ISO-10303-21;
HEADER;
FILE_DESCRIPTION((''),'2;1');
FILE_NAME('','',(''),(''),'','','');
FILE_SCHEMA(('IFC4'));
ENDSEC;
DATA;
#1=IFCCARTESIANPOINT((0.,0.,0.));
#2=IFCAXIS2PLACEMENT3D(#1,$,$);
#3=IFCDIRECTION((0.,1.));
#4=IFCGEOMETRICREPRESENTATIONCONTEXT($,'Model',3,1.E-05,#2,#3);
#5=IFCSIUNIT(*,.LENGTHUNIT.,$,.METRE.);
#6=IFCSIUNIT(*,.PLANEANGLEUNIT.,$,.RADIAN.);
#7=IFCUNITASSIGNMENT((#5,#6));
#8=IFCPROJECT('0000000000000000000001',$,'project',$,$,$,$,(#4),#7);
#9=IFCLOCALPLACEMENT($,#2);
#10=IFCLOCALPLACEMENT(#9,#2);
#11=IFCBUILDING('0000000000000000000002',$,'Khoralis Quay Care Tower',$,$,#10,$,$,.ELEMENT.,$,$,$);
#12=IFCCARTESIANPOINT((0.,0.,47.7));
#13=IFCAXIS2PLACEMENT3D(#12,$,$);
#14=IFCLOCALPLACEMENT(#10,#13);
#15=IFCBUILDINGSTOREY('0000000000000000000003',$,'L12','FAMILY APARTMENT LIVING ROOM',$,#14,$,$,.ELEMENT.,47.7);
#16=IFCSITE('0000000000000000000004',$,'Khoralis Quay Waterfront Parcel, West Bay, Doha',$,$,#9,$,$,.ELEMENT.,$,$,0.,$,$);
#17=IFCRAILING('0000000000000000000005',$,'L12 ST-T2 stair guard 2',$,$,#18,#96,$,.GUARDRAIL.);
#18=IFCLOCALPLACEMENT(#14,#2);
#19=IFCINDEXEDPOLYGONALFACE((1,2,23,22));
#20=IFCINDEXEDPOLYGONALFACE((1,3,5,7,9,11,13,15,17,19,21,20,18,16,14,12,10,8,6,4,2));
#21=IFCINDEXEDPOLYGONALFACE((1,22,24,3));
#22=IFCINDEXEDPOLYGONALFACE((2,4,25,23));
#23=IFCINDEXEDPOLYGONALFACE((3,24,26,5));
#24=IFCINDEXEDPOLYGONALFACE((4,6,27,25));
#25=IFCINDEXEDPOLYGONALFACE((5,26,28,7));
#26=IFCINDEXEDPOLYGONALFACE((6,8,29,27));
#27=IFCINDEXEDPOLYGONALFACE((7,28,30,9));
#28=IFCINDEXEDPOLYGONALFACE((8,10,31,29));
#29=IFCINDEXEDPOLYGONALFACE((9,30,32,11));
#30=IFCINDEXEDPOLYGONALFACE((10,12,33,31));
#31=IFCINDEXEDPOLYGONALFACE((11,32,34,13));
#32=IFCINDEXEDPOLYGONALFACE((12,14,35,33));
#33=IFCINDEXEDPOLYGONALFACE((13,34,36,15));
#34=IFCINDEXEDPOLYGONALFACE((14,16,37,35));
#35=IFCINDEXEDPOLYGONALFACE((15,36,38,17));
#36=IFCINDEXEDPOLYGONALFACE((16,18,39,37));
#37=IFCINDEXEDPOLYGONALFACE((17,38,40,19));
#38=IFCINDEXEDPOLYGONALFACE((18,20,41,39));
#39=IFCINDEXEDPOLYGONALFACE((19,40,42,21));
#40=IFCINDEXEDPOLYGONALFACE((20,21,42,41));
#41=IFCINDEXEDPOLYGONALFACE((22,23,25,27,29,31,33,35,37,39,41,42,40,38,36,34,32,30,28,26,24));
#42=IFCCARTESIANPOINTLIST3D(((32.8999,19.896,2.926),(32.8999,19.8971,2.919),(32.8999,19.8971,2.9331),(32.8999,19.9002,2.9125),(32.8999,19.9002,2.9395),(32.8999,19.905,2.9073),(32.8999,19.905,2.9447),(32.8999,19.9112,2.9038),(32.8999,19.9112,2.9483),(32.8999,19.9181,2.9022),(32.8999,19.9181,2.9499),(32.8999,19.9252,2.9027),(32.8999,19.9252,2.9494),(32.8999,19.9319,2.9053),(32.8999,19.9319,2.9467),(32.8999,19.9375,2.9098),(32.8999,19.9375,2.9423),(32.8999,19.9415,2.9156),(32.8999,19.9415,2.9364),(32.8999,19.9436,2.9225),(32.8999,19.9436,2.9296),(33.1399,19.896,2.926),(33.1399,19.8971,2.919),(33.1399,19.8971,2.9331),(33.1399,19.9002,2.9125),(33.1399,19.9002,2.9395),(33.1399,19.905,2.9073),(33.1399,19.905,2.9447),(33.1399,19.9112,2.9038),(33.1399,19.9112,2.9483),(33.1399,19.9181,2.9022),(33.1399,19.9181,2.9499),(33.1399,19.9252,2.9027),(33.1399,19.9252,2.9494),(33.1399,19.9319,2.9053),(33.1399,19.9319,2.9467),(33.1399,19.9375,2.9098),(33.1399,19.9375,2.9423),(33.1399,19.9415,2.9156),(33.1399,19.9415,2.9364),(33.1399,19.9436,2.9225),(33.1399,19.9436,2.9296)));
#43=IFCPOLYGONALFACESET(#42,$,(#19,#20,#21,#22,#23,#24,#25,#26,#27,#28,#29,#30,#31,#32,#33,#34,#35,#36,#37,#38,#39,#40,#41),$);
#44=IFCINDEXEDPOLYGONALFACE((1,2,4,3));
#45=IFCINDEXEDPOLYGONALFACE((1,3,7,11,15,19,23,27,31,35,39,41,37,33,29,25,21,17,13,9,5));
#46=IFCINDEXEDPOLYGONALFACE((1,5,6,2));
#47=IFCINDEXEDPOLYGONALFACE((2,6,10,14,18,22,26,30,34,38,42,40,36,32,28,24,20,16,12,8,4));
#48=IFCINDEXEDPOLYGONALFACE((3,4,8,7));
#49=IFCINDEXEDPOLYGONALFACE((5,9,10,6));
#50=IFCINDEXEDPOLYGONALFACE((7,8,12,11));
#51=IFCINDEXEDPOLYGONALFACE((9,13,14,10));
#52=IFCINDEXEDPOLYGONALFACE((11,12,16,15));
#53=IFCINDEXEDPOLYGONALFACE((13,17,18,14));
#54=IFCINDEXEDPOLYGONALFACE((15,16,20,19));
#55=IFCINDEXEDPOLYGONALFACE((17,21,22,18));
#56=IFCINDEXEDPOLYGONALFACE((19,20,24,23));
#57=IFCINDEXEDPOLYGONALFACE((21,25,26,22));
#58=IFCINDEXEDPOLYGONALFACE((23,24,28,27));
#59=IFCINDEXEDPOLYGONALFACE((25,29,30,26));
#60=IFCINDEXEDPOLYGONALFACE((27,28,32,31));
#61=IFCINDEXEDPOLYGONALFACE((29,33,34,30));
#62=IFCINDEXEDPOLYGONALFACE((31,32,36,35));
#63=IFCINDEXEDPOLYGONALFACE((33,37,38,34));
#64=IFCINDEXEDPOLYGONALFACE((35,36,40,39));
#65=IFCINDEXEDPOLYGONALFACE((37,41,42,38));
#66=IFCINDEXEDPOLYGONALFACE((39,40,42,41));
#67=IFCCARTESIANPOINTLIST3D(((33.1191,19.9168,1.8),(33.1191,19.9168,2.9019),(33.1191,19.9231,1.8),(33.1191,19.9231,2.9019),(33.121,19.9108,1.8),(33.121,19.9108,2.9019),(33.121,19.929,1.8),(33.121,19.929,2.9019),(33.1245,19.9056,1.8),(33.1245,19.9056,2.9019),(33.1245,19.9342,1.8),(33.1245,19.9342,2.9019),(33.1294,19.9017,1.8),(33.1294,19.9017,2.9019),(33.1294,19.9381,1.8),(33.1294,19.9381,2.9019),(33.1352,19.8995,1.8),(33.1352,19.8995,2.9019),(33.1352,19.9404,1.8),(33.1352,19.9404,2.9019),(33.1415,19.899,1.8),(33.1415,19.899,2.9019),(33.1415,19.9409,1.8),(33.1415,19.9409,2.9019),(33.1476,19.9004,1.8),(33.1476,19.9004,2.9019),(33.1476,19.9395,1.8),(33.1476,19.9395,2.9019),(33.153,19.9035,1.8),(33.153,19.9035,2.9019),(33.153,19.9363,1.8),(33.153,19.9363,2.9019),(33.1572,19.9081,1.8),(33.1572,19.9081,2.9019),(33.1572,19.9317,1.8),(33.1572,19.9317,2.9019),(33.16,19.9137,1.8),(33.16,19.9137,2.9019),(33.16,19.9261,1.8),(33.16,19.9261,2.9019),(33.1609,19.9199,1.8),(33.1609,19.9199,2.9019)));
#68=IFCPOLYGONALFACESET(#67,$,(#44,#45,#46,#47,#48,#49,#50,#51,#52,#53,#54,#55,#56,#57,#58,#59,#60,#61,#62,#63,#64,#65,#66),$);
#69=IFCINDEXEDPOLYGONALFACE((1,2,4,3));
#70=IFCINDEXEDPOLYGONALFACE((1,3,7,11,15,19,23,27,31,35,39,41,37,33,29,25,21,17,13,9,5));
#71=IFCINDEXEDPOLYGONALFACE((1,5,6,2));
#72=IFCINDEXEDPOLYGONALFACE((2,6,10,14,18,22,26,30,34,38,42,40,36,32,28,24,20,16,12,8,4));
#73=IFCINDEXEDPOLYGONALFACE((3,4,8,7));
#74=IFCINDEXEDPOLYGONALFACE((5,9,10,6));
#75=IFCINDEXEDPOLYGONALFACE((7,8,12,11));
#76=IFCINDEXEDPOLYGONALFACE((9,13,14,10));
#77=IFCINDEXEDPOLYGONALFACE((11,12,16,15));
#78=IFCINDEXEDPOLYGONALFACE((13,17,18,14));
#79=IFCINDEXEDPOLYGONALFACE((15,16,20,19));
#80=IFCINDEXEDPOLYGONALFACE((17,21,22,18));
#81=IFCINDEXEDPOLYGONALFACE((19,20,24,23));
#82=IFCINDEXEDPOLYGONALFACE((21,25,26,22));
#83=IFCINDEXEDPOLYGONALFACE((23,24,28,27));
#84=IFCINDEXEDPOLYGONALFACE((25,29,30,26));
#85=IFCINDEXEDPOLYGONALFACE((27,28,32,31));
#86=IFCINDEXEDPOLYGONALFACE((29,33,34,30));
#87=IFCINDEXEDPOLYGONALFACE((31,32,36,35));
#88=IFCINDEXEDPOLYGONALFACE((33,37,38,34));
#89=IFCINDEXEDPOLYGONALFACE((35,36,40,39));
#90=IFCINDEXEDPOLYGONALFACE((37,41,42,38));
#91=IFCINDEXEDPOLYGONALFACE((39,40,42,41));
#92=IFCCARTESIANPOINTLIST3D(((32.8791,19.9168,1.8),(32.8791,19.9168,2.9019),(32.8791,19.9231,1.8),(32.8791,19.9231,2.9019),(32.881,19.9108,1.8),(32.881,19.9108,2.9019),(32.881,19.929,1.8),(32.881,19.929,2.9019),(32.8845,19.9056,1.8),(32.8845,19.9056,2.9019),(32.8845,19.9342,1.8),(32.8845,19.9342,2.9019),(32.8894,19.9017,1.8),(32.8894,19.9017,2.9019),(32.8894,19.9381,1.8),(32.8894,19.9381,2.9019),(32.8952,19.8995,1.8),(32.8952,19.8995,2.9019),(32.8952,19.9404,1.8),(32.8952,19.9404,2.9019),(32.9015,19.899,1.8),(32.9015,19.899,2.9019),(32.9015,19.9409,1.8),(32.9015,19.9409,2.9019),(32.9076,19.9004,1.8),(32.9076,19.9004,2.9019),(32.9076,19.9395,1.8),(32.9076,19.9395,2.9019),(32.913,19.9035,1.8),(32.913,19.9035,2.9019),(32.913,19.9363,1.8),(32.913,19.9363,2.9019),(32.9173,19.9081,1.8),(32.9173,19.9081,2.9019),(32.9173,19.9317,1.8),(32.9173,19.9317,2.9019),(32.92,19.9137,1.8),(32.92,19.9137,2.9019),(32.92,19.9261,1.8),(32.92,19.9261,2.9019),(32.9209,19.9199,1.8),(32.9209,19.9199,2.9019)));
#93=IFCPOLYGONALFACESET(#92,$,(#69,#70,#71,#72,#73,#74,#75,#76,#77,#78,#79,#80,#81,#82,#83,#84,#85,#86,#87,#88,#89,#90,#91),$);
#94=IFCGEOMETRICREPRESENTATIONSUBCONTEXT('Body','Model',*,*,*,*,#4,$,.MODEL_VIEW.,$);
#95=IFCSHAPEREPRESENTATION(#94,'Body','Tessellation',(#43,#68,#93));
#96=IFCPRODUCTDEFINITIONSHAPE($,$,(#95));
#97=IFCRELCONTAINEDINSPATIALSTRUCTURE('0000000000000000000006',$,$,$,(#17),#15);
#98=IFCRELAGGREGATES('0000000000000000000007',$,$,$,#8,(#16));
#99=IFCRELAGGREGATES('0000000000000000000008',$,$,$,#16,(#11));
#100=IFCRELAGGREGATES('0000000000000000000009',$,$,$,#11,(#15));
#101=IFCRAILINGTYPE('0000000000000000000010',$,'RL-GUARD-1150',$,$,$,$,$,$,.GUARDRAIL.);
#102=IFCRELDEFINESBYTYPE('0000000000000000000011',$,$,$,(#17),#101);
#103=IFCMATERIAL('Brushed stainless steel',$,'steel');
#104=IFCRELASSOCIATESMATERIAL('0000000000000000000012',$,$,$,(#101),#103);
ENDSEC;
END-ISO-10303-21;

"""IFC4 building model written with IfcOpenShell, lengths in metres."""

from ifc_helpers import new_model, si_unit, direction, frame, origin, origin_2d, place, context, subcontext, project, spatial, circle, extrude, material, type_object, element, save


model = new_model("IFC4")

# Units and contexts
model_context = context("Model", 3, precision=1e-05, world=origin(), true_north=direction((0.0, 1.0)))
body_context = subcontext(model_context, "Body", "Model", "MODEL_VIEW")
ifc_project = project(units=[si_unit("LENGTHUNIT", "METRE"), si_unit("PLANEANGLEUNIT", "RADIAN")], contexts=[model_context])

# Site, building, storey
site_placement = place(None, origin())
site = spatial("IfcSite", under=ifc_project, at=site_placement, Name="Khoralis Quay Waterfront Parcel, West Bay, Doha", CompositionType="ELEMENT", RefElevation=0.0)
building_placement = place(site_placement, origin())
building = spatial("IfcBuilding", under=site, at=building_placement, Name="Khoralis Quay Care Tower", CompositionType="ELEMENT")
storey_placement = place(building_placement, frame((0.0, 0.0, 47.7)))
storey = spatial("IfcBuildingStorey", under=building, at=storey_placement, Name="L12", Description="FAMILY APARTMENT LIVING ROOM", CompositionType="ELEMENT", Elevation=47.7)

# Shared definitions
ifc_material_1 = material(Name="Brushed stainless steel", Category="steel")

# Railing
railing_type_1 = type_object("IfcRailingType", Name="RL-GUARD-1150", PredefinedType="GUARDRAIL", material=ifc_material_1)
railing_1_placement = place(storey_placement, frame((33.1399, 19.9199, 1.8)))
element("IfcRailing", 1, at=railing_1_placement, inside=storey, type_object=railing_type_1, Name="L12 ST-T2 stair guard 2", PredefinedType="GUARDRAIL", context=body_context, shape_type="SweptSolid", body=[
    extrude(circle(Radius=0.0239, at=origin_2d()), frame((0.0, 0.0, 1.126), z_axis=(-1.0, 0.0, 0.0), x_axis=(0.0, -1.0, 0.0)), (0.0, 0.0, 1.0), 0.24),
    extrude(circle(Radius=0.021, at=origin_2d()), origin(), (0.0, 0.0, 1.0), 1.1018),
    extrude(circle(Radius=0.021, at=origin_2d()), frame((-0.24, 0.0, 0.0)), (0.0, 0.0, 1.0), 1.1018),
])

save(model, "model.ifc")
